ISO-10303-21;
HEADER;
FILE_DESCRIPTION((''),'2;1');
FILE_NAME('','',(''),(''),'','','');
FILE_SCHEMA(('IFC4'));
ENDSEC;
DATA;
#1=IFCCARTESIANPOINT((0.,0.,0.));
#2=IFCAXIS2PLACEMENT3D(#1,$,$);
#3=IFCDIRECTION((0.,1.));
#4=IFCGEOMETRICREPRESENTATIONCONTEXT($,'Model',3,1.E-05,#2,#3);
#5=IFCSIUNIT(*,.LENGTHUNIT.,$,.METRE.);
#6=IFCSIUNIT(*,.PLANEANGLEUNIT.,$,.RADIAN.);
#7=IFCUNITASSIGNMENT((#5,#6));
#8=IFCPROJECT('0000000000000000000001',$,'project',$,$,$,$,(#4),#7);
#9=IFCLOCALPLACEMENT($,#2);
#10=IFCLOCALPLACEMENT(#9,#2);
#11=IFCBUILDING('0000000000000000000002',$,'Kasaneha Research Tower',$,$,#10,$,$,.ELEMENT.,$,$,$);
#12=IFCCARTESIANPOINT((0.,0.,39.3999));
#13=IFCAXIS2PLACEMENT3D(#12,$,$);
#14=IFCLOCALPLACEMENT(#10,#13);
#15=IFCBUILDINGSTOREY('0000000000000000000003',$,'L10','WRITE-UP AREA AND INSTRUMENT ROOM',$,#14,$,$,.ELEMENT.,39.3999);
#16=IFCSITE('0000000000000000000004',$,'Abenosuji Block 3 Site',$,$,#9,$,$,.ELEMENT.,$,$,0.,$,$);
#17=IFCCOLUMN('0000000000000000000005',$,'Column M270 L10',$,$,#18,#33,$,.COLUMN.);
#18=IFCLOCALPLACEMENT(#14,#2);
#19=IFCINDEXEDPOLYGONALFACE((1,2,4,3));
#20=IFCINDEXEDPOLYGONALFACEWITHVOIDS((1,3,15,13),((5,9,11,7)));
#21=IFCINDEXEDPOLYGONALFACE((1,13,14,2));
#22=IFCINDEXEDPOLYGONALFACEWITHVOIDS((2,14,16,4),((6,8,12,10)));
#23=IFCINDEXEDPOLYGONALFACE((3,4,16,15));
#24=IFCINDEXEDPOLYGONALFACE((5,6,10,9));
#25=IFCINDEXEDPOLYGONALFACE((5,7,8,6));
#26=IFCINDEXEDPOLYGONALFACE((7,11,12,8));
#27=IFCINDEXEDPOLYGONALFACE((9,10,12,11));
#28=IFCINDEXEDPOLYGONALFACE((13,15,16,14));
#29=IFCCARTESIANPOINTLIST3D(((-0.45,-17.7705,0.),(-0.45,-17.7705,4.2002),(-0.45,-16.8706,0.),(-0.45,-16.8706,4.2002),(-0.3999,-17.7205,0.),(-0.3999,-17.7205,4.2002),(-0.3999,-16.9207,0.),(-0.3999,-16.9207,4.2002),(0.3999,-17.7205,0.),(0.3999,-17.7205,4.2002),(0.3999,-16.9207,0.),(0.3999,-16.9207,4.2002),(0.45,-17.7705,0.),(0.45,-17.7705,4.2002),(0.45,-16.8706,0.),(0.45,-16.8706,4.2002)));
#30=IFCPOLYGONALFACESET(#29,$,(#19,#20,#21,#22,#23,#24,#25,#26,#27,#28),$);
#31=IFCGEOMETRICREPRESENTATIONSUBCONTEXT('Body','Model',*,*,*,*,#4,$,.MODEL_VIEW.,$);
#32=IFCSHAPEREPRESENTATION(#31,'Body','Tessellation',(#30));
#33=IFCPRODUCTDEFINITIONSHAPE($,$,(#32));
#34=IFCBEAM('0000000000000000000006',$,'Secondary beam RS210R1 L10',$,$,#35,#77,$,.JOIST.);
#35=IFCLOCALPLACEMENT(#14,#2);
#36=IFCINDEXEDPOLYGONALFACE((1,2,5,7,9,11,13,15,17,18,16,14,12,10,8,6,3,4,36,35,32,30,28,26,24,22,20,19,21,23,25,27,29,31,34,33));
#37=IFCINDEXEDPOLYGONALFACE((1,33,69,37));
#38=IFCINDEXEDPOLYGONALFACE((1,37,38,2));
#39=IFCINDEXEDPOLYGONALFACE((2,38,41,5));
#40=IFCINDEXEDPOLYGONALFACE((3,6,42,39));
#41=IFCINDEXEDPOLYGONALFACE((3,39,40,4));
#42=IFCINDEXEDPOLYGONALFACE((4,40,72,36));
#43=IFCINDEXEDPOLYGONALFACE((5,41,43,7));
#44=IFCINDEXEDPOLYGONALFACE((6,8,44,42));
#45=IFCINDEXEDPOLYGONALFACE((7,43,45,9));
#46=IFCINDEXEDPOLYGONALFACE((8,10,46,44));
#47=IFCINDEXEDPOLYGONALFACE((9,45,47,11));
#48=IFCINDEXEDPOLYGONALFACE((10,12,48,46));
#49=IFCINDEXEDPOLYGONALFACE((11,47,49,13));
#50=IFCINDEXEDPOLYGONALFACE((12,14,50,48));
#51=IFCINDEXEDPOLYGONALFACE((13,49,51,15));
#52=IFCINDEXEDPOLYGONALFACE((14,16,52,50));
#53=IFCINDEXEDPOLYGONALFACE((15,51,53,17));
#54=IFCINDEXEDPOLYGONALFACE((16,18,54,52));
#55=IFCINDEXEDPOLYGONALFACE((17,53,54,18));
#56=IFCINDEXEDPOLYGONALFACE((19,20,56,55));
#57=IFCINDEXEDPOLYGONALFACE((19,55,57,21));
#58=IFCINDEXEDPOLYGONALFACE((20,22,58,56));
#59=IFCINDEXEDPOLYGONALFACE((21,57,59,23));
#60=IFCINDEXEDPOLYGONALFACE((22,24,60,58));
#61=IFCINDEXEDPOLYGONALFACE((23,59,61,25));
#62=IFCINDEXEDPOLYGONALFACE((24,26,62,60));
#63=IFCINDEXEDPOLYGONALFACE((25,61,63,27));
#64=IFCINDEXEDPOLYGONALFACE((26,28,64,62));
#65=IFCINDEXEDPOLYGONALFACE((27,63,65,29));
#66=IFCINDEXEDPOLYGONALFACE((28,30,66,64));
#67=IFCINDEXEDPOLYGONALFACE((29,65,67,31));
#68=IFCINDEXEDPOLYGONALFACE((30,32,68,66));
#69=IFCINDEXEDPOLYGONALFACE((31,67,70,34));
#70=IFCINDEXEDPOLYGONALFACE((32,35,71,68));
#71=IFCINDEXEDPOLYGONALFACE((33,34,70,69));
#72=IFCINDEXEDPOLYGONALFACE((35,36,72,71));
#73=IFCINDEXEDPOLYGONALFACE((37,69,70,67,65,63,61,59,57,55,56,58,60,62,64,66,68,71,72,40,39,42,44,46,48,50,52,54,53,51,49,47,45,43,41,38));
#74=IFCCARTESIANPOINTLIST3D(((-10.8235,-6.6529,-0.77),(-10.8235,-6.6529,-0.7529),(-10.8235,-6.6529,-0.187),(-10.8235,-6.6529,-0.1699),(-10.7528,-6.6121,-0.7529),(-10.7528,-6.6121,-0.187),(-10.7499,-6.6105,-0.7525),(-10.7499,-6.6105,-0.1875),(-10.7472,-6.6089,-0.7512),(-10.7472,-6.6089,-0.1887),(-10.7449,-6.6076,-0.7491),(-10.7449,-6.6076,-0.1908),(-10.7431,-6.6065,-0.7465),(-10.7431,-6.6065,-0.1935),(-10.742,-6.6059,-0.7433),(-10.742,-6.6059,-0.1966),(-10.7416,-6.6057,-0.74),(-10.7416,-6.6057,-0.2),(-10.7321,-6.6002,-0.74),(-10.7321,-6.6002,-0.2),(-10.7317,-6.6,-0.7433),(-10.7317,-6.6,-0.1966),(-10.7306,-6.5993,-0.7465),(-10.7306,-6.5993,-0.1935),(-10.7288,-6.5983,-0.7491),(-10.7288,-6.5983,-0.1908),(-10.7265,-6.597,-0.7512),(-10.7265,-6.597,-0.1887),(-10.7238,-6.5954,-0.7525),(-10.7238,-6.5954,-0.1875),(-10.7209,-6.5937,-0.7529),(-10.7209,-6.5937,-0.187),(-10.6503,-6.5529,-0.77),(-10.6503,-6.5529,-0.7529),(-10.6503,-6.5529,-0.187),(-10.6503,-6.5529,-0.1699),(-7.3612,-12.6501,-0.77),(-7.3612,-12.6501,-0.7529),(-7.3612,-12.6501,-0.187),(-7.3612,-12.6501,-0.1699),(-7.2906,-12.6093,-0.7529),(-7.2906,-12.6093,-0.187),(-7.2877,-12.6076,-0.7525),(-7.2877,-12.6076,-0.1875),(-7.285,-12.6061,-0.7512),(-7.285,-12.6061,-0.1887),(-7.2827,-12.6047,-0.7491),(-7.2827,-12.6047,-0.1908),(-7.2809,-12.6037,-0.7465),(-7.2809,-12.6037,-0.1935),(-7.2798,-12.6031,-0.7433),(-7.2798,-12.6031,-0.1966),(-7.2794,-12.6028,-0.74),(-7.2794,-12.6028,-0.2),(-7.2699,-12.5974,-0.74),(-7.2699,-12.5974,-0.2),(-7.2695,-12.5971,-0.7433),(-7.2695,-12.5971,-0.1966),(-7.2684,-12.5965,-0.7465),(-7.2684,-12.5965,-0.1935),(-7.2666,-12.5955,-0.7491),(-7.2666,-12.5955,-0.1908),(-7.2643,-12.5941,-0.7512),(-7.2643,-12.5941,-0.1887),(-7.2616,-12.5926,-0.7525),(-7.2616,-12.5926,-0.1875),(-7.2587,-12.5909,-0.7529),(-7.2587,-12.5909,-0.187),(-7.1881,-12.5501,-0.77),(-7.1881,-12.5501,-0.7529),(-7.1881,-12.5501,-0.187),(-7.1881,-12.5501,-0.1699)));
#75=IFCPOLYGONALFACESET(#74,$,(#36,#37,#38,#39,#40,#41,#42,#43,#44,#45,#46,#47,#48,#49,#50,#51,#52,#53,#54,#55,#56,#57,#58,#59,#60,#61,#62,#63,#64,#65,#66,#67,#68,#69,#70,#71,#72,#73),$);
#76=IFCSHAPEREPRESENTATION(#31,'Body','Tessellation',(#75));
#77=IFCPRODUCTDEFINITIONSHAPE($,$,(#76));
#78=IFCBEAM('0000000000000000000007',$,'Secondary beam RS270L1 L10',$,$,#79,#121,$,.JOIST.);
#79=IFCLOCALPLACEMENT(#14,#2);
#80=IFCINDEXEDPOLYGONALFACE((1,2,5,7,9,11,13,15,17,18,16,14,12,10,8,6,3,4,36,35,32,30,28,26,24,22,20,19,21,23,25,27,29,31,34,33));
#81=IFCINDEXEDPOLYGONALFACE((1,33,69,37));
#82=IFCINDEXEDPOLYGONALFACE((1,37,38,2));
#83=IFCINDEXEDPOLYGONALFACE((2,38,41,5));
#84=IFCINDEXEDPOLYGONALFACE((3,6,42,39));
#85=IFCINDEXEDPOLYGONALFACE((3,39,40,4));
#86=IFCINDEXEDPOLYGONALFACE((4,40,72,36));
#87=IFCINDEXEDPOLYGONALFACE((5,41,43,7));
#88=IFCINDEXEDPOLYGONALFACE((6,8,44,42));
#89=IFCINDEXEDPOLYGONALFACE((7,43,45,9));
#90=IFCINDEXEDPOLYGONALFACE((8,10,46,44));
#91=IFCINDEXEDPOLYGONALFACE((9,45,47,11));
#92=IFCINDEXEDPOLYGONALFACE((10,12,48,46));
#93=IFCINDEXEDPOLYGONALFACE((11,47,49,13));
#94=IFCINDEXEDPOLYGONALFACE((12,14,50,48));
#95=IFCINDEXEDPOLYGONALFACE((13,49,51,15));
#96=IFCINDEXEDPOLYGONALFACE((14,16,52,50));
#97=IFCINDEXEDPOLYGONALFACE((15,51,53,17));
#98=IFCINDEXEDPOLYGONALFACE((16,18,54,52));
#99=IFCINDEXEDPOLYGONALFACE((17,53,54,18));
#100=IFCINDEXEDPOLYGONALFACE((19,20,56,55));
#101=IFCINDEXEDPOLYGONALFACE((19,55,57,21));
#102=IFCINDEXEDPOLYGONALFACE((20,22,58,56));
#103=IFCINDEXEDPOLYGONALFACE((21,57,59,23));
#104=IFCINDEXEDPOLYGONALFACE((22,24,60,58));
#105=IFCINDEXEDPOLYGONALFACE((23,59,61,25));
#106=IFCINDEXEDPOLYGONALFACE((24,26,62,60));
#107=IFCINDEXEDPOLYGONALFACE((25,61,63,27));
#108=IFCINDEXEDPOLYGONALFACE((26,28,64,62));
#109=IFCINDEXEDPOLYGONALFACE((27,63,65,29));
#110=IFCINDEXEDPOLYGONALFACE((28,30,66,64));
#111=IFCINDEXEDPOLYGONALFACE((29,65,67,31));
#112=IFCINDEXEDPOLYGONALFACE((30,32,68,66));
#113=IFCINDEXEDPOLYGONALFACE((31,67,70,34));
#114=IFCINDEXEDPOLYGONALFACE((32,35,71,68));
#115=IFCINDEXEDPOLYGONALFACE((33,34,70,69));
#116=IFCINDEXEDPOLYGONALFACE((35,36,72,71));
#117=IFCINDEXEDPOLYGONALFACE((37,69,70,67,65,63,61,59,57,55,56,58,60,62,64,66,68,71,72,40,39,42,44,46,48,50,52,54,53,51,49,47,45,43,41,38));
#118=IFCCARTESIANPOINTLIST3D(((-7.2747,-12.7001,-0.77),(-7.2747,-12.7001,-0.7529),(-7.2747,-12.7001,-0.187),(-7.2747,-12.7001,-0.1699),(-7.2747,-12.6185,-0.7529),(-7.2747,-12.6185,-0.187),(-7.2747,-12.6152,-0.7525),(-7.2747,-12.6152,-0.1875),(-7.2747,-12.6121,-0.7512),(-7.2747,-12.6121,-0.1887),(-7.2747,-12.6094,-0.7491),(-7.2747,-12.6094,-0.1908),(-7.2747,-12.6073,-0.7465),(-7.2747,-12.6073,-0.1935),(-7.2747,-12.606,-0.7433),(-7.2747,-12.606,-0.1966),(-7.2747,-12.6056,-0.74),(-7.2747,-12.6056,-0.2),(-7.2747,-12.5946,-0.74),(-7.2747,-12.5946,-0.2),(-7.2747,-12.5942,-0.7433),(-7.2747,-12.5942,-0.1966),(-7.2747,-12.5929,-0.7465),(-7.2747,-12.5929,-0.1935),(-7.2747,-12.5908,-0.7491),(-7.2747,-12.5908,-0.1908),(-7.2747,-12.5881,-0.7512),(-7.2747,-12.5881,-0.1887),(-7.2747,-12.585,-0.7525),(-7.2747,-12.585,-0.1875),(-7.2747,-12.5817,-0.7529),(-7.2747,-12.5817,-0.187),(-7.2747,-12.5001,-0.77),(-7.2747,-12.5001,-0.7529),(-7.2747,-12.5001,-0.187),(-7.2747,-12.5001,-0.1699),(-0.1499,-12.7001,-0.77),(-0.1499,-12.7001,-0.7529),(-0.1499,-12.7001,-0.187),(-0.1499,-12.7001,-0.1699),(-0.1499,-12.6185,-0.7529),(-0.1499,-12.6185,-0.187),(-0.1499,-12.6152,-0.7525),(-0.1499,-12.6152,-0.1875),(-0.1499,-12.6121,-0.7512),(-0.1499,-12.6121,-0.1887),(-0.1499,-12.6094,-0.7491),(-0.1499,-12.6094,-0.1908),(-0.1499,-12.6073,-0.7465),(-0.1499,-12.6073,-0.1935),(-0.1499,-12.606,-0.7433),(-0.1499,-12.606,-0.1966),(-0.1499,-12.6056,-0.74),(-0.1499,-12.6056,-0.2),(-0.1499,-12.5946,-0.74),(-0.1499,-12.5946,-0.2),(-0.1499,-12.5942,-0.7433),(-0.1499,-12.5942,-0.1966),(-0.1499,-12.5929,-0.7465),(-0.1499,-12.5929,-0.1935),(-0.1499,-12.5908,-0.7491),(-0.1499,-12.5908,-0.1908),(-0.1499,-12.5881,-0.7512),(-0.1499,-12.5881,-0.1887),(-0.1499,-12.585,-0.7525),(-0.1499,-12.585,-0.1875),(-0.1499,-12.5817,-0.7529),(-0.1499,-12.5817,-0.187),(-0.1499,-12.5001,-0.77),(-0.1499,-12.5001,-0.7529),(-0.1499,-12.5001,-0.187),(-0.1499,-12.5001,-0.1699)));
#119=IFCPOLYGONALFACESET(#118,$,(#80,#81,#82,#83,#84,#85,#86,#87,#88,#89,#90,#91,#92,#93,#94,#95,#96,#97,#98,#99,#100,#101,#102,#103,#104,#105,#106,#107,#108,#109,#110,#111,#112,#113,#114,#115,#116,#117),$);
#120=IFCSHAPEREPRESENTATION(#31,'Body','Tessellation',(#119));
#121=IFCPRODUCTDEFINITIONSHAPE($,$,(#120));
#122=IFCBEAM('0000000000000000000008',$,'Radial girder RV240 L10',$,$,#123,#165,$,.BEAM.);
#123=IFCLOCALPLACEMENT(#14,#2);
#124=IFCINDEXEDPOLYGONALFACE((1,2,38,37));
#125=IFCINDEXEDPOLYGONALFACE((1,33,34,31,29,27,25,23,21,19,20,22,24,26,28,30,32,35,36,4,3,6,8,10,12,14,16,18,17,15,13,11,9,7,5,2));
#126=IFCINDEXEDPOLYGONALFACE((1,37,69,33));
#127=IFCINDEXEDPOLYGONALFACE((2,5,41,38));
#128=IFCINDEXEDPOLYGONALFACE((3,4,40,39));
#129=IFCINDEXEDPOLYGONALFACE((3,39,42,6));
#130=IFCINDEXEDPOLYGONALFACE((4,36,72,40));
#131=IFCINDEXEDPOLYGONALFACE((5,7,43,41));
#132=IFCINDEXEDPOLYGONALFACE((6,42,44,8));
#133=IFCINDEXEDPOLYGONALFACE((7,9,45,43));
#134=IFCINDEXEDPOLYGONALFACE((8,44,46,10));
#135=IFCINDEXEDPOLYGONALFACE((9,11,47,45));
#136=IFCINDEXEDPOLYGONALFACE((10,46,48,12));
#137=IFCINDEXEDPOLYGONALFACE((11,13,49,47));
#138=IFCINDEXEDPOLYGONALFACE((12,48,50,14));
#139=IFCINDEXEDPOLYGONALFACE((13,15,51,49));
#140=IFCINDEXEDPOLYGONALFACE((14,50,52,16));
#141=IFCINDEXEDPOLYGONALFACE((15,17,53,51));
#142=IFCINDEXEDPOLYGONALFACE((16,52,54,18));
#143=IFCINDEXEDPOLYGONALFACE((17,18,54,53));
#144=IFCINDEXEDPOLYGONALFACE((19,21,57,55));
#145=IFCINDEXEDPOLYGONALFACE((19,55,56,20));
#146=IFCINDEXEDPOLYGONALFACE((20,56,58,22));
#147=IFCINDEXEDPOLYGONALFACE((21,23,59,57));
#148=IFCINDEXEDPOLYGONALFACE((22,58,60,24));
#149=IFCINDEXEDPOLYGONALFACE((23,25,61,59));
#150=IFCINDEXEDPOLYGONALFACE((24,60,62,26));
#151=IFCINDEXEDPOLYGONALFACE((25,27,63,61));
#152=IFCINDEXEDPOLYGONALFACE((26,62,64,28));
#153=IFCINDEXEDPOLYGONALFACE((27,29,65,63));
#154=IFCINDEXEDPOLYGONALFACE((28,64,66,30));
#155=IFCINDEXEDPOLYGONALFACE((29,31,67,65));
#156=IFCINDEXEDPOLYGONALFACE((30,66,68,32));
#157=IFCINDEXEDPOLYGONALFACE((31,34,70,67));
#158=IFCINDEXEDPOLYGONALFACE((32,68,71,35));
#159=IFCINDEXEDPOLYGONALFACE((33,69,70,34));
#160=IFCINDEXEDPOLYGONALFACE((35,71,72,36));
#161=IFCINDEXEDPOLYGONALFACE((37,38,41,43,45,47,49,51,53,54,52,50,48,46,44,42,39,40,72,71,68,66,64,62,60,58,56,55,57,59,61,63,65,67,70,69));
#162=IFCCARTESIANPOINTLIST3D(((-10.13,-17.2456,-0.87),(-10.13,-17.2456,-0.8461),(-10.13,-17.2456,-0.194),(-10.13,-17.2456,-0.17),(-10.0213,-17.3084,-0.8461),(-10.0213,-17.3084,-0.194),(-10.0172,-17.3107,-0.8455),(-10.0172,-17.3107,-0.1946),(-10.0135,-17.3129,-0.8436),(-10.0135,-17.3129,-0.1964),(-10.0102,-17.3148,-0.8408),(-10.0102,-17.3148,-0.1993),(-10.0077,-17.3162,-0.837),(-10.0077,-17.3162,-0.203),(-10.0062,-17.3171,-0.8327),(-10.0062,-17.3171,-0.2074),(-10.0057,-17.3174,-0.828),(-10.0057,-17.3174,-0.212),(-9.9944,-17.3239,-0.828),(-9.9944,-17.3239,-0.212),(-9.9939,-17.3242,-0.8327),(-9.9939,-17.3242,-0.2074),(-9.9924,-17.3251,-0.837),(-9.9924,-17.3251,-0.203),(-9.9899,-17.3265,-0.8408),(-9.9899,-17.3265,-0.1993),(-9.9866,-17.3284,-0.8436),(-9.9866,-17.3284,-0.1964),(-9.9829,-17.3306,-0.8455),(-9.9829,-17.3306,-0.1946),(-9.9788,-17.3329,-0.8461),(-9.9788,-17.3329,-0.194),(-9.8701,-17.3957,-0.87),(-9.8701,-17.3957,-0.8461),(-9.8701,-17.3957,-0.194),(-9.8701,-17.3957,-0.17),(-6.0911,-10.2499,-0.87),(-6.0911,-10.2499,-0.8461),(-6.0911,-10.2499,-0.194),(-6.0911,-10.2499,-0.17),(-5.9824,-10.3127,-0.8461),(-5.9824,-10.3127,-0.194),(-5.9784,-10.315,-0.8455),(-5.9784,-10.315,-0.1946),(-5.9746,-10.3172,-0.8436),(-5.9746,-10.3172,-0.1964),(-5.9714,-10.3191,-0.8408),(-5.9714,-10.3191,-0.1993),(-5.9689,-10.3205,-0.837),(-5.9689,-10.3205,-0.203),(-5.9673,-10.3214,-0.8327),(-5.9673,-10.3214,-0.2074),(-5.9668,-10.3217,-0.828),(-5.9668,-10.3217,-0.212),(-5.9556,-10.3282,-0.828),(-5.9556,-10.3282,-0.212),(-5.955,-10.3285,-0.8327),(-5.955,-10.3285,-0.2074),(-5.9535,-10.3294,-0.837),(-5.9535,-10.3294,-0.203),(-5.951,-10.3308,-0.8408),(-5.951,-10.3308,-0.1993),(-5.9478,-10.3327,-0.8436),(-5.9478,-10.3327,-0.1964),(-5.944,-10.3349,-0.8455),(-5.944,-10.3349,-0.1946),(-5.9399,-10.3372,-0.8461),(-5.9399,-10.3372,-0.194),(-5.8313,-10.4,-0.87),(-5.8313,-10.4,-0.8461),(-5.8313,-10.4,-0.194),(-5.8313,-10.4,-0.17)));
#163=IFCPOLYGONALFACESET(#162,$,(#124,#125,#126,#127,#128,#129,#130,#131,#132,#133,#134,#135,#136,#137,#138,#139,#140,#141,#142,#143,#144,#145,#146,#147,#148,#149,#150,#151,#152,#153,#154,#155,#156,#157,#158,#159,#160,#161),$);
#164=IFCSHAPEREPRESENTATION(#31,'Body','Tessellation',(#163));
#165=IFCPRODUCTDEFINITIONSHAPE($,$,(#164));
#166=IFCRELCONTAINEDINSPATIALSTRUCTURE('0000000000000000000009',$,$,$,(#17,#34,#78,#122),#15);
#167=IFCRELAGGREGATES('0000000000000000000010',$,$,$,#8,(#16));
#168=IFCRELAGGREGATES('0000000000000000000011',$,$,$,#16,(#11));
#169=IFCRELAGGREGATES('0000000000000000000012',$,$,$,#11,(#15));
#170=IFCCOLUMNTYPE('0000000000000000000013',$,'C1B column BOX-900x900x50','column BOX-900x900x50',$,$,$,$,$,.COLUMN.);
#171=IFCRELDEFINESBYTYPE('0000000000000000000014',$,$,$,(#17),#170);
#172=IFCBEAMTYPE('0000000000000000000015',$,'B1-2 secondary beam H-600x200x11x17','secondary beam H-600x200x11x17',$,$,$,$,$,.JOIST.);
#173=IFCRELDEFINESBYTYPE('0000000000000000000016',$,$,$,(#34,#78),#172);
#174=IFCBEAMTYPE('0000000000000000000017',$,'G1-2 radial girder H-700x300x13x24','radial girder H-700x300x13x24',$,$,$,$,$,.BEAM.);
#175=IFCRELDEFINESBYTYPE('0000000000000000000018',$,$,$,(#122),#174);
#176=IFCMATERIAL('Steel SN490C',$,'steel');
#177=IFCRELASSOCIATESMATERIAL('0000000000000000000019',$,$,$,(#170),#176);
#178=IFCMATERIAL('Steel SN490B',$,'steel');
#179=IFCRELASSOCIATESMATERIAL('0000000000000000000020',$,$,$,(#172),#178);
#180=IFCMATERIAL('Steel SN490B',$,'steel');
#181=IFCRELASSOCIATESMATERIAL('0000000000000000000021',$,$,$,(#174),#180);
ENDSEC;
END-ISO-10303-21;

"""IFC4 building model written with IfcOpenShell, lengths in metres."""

from ifc_helpers import new_model, si_unit, direction, frame, origin, origin_2d, place, context, subcontext, project, spatial, hollow_rectangle, i_section, extrude, material, material_profile, profile_set, type_object, element, save


model = new_model("IFC4")

# Units and contexts
model_context = context("Model", 3, precision=1e-05, world=origin(), true_north=direction((0.0, 1.0)))
body_context = subcontext(model_context, "Body", "Model", "MODEL_VIEW")
ifc_project = project(units=[si_unit("LENGTHUNIT", "METRE"), si_unit("PLANEANGLEUNIT", "RADIAN")], contexts=[model_context])

# Site, building, storey
site_placement = place(None, origin())
site = spatial("IfcSite", under=ifc_project, at=site_placement, Name="Abenosuji Block 3 Site", CompositionType="ELEMENT", RefElevation=0.0)
building_placement = place(site_placement, origin())
building = spatial("IfcBuilding", under=site, at=building_placement, Name="Kasaneha Research Tower", CompositionType="ELEMENT")
storey_placement = place(building_placement, frame((0.0, 0.0, 39.3999)))
storey = spatial("IfcBuildingStorey", under=building, at=storey_placement, Name="L10", Description="WRITE-UP AREA AND INSTRUMENT ROOM", CompositionType="ELEMENT", Elevation=39.3999)

# Column
ifc_material_1 = material(Name="Steel SN490C", Category="steel")
ifc_material_profile_1 = material_profile(ifc_material_1, hollow_rectangle(XDim=0.8999, YDim=0.8999, WallThickness=0.05, at=origin_2d()), Name="BOX-900x900x50")
ifc_profile_set_1 = profile_set([ifc_material_profile_1], Name="Steel SN490C")
column_type = type_object("IfcColumnType", Name="C1B column BOX-900x900x50", Description="column BOX-900x900x50", PredefinedType="COLUMN", material=ifc_profile_set_1)
column_placement = place(storey_placement, frame((0.0, -17.3206, 0.0), z_axis=(0.0, 0.0, 1.0), x_axis=(1.0, 0.0, 0.0)))
element("IfcColumn", 1, at=column_placement, inside=storey, type_object=column_type, Name="Column M270 L10", PredefinedType="COLUMN", context=body_context, shape_type="SweptSolid", body=[
    extrude(hollow_rectangle(XDim=0.8999, YDim=0.8999, WallThickness=0.05, at=origin_2d()), origin(), (0.0, 0.0, 1.0), 4.2002),
])

# Beams
ifc_material_2 = material(Name="Steel SN490B", Category="steel")
ifc_material_profile_2 = material_profile(ifc_material_2, i_section(OverallWidth=0.2, OverallDepth=0.6001, WebThickness=0.011, FlangeThickness=0.0171, FilletRadius=0.0129, at=origin_2d()), Name="H-600x200x11x17")
ifc_profile_set_2 = profile_set([ifc_material_profile_2], Name="Steel SN490B")
beam_type_1 = type_object("IfcBeamType", Name="B1-2 secondary beam H-600x200x11x17", Description="secondary beam H-600x200x11x17", PredefinedType="JOIST", material=ifc_profile_set_2)
beam_1_placement = place(storey_placement, frame((-7.2747, -12.6001, -0.47), z_axis=(-0.499973, 0.866041, 0.0), x_axis=(-0.866041, -0.499973, 0.0)))
element("IfcBeam", 2, at=beam_1_placement, inside=storey, type_object=beam_type_1, Name="Secondary beam RS210R1 L10", PredefinedType="JOIST", context=body_context, shape_type="SweptSolid", body=[
    extrude(i_section(OverallWidth=0.2, OverallDepth=0.6001, WebThickness=0.011, FlangeThickness=0.0171, FilletRadius=0.0129, at=origin_2d()), origin(), (0.0, 0.0, 1.0), 6.9248),
])
beam_2_placement = place(storey_placement, frame((-7.2747, -12.6001, -0.47), z_axis=(1.0, 0.0, 0.0), x_axis=(0.0, 1.0, 0.0)))
element("IfcBeam", 3, at=beam_2_placement, inside=storey, type_object=beam_type_1, Name="Secondary beam RS270L1 L10", PredefinedType="JOIST", context=body_context, shape_type="SweptSolid", body=[
    extrude(i_section(OverallWidth=0.2, OverallDepth=0.6001, WebThickness=0.011, FlangeThickness=0.0171, FilletRadius=0.0129, at=origin_2d()), origin(), (0.0, 0.0, 1.0), 7.1248),
])
ifc_material_3 = material(Name="Steel SN490B", Category="steel")
ifc_material_profile_3 = material_profile(ifc_material_3, i_section(OverallWidth=0.3, OverallDepth=0.7, WebThickness=0.0129, FlangeThickness=0.0239, FilletRadius=0.0181, at=origin_2d()), Name="H-700x300x13x24")
ifc_profile_set_3 = profile_set([ifc_material_profile_3], Name="Steel SN490B")
beam_type_2 = type_object("IfcBeamType", Name="G1-2 radial girder H-700x300x13x24", Description="radial girder H-700x300x13x24", PredefinedType="BEAM", material=ifc_profile_set_3)
beam_3_placement = place(storey_placement, frame((-5.9612, -10.325, -0.52), z_axis=(-0.499991, -0.866031, 0.0), x_axis=(0.866031, -0.499991, 0.0)))
element("IfcBeam", 4, at=beam_3_placement, inside=storey, type_object=beam_type_2, Name="Radial girder RV240 L10", PredefinedType="BEAM", context=body_context, shape_type="SweptSolid", body=[
    extrude(i_section(OverallWidth=0.3, OverallDepth=0.7, WebThickness=0.0129, FlangeThickness=0.0239, FilletRadius=0.0181, at=origin_2d()), origin(), (0.0, 0.0, 1.0), 8.0779),
])

save(model, "model.ifc")
